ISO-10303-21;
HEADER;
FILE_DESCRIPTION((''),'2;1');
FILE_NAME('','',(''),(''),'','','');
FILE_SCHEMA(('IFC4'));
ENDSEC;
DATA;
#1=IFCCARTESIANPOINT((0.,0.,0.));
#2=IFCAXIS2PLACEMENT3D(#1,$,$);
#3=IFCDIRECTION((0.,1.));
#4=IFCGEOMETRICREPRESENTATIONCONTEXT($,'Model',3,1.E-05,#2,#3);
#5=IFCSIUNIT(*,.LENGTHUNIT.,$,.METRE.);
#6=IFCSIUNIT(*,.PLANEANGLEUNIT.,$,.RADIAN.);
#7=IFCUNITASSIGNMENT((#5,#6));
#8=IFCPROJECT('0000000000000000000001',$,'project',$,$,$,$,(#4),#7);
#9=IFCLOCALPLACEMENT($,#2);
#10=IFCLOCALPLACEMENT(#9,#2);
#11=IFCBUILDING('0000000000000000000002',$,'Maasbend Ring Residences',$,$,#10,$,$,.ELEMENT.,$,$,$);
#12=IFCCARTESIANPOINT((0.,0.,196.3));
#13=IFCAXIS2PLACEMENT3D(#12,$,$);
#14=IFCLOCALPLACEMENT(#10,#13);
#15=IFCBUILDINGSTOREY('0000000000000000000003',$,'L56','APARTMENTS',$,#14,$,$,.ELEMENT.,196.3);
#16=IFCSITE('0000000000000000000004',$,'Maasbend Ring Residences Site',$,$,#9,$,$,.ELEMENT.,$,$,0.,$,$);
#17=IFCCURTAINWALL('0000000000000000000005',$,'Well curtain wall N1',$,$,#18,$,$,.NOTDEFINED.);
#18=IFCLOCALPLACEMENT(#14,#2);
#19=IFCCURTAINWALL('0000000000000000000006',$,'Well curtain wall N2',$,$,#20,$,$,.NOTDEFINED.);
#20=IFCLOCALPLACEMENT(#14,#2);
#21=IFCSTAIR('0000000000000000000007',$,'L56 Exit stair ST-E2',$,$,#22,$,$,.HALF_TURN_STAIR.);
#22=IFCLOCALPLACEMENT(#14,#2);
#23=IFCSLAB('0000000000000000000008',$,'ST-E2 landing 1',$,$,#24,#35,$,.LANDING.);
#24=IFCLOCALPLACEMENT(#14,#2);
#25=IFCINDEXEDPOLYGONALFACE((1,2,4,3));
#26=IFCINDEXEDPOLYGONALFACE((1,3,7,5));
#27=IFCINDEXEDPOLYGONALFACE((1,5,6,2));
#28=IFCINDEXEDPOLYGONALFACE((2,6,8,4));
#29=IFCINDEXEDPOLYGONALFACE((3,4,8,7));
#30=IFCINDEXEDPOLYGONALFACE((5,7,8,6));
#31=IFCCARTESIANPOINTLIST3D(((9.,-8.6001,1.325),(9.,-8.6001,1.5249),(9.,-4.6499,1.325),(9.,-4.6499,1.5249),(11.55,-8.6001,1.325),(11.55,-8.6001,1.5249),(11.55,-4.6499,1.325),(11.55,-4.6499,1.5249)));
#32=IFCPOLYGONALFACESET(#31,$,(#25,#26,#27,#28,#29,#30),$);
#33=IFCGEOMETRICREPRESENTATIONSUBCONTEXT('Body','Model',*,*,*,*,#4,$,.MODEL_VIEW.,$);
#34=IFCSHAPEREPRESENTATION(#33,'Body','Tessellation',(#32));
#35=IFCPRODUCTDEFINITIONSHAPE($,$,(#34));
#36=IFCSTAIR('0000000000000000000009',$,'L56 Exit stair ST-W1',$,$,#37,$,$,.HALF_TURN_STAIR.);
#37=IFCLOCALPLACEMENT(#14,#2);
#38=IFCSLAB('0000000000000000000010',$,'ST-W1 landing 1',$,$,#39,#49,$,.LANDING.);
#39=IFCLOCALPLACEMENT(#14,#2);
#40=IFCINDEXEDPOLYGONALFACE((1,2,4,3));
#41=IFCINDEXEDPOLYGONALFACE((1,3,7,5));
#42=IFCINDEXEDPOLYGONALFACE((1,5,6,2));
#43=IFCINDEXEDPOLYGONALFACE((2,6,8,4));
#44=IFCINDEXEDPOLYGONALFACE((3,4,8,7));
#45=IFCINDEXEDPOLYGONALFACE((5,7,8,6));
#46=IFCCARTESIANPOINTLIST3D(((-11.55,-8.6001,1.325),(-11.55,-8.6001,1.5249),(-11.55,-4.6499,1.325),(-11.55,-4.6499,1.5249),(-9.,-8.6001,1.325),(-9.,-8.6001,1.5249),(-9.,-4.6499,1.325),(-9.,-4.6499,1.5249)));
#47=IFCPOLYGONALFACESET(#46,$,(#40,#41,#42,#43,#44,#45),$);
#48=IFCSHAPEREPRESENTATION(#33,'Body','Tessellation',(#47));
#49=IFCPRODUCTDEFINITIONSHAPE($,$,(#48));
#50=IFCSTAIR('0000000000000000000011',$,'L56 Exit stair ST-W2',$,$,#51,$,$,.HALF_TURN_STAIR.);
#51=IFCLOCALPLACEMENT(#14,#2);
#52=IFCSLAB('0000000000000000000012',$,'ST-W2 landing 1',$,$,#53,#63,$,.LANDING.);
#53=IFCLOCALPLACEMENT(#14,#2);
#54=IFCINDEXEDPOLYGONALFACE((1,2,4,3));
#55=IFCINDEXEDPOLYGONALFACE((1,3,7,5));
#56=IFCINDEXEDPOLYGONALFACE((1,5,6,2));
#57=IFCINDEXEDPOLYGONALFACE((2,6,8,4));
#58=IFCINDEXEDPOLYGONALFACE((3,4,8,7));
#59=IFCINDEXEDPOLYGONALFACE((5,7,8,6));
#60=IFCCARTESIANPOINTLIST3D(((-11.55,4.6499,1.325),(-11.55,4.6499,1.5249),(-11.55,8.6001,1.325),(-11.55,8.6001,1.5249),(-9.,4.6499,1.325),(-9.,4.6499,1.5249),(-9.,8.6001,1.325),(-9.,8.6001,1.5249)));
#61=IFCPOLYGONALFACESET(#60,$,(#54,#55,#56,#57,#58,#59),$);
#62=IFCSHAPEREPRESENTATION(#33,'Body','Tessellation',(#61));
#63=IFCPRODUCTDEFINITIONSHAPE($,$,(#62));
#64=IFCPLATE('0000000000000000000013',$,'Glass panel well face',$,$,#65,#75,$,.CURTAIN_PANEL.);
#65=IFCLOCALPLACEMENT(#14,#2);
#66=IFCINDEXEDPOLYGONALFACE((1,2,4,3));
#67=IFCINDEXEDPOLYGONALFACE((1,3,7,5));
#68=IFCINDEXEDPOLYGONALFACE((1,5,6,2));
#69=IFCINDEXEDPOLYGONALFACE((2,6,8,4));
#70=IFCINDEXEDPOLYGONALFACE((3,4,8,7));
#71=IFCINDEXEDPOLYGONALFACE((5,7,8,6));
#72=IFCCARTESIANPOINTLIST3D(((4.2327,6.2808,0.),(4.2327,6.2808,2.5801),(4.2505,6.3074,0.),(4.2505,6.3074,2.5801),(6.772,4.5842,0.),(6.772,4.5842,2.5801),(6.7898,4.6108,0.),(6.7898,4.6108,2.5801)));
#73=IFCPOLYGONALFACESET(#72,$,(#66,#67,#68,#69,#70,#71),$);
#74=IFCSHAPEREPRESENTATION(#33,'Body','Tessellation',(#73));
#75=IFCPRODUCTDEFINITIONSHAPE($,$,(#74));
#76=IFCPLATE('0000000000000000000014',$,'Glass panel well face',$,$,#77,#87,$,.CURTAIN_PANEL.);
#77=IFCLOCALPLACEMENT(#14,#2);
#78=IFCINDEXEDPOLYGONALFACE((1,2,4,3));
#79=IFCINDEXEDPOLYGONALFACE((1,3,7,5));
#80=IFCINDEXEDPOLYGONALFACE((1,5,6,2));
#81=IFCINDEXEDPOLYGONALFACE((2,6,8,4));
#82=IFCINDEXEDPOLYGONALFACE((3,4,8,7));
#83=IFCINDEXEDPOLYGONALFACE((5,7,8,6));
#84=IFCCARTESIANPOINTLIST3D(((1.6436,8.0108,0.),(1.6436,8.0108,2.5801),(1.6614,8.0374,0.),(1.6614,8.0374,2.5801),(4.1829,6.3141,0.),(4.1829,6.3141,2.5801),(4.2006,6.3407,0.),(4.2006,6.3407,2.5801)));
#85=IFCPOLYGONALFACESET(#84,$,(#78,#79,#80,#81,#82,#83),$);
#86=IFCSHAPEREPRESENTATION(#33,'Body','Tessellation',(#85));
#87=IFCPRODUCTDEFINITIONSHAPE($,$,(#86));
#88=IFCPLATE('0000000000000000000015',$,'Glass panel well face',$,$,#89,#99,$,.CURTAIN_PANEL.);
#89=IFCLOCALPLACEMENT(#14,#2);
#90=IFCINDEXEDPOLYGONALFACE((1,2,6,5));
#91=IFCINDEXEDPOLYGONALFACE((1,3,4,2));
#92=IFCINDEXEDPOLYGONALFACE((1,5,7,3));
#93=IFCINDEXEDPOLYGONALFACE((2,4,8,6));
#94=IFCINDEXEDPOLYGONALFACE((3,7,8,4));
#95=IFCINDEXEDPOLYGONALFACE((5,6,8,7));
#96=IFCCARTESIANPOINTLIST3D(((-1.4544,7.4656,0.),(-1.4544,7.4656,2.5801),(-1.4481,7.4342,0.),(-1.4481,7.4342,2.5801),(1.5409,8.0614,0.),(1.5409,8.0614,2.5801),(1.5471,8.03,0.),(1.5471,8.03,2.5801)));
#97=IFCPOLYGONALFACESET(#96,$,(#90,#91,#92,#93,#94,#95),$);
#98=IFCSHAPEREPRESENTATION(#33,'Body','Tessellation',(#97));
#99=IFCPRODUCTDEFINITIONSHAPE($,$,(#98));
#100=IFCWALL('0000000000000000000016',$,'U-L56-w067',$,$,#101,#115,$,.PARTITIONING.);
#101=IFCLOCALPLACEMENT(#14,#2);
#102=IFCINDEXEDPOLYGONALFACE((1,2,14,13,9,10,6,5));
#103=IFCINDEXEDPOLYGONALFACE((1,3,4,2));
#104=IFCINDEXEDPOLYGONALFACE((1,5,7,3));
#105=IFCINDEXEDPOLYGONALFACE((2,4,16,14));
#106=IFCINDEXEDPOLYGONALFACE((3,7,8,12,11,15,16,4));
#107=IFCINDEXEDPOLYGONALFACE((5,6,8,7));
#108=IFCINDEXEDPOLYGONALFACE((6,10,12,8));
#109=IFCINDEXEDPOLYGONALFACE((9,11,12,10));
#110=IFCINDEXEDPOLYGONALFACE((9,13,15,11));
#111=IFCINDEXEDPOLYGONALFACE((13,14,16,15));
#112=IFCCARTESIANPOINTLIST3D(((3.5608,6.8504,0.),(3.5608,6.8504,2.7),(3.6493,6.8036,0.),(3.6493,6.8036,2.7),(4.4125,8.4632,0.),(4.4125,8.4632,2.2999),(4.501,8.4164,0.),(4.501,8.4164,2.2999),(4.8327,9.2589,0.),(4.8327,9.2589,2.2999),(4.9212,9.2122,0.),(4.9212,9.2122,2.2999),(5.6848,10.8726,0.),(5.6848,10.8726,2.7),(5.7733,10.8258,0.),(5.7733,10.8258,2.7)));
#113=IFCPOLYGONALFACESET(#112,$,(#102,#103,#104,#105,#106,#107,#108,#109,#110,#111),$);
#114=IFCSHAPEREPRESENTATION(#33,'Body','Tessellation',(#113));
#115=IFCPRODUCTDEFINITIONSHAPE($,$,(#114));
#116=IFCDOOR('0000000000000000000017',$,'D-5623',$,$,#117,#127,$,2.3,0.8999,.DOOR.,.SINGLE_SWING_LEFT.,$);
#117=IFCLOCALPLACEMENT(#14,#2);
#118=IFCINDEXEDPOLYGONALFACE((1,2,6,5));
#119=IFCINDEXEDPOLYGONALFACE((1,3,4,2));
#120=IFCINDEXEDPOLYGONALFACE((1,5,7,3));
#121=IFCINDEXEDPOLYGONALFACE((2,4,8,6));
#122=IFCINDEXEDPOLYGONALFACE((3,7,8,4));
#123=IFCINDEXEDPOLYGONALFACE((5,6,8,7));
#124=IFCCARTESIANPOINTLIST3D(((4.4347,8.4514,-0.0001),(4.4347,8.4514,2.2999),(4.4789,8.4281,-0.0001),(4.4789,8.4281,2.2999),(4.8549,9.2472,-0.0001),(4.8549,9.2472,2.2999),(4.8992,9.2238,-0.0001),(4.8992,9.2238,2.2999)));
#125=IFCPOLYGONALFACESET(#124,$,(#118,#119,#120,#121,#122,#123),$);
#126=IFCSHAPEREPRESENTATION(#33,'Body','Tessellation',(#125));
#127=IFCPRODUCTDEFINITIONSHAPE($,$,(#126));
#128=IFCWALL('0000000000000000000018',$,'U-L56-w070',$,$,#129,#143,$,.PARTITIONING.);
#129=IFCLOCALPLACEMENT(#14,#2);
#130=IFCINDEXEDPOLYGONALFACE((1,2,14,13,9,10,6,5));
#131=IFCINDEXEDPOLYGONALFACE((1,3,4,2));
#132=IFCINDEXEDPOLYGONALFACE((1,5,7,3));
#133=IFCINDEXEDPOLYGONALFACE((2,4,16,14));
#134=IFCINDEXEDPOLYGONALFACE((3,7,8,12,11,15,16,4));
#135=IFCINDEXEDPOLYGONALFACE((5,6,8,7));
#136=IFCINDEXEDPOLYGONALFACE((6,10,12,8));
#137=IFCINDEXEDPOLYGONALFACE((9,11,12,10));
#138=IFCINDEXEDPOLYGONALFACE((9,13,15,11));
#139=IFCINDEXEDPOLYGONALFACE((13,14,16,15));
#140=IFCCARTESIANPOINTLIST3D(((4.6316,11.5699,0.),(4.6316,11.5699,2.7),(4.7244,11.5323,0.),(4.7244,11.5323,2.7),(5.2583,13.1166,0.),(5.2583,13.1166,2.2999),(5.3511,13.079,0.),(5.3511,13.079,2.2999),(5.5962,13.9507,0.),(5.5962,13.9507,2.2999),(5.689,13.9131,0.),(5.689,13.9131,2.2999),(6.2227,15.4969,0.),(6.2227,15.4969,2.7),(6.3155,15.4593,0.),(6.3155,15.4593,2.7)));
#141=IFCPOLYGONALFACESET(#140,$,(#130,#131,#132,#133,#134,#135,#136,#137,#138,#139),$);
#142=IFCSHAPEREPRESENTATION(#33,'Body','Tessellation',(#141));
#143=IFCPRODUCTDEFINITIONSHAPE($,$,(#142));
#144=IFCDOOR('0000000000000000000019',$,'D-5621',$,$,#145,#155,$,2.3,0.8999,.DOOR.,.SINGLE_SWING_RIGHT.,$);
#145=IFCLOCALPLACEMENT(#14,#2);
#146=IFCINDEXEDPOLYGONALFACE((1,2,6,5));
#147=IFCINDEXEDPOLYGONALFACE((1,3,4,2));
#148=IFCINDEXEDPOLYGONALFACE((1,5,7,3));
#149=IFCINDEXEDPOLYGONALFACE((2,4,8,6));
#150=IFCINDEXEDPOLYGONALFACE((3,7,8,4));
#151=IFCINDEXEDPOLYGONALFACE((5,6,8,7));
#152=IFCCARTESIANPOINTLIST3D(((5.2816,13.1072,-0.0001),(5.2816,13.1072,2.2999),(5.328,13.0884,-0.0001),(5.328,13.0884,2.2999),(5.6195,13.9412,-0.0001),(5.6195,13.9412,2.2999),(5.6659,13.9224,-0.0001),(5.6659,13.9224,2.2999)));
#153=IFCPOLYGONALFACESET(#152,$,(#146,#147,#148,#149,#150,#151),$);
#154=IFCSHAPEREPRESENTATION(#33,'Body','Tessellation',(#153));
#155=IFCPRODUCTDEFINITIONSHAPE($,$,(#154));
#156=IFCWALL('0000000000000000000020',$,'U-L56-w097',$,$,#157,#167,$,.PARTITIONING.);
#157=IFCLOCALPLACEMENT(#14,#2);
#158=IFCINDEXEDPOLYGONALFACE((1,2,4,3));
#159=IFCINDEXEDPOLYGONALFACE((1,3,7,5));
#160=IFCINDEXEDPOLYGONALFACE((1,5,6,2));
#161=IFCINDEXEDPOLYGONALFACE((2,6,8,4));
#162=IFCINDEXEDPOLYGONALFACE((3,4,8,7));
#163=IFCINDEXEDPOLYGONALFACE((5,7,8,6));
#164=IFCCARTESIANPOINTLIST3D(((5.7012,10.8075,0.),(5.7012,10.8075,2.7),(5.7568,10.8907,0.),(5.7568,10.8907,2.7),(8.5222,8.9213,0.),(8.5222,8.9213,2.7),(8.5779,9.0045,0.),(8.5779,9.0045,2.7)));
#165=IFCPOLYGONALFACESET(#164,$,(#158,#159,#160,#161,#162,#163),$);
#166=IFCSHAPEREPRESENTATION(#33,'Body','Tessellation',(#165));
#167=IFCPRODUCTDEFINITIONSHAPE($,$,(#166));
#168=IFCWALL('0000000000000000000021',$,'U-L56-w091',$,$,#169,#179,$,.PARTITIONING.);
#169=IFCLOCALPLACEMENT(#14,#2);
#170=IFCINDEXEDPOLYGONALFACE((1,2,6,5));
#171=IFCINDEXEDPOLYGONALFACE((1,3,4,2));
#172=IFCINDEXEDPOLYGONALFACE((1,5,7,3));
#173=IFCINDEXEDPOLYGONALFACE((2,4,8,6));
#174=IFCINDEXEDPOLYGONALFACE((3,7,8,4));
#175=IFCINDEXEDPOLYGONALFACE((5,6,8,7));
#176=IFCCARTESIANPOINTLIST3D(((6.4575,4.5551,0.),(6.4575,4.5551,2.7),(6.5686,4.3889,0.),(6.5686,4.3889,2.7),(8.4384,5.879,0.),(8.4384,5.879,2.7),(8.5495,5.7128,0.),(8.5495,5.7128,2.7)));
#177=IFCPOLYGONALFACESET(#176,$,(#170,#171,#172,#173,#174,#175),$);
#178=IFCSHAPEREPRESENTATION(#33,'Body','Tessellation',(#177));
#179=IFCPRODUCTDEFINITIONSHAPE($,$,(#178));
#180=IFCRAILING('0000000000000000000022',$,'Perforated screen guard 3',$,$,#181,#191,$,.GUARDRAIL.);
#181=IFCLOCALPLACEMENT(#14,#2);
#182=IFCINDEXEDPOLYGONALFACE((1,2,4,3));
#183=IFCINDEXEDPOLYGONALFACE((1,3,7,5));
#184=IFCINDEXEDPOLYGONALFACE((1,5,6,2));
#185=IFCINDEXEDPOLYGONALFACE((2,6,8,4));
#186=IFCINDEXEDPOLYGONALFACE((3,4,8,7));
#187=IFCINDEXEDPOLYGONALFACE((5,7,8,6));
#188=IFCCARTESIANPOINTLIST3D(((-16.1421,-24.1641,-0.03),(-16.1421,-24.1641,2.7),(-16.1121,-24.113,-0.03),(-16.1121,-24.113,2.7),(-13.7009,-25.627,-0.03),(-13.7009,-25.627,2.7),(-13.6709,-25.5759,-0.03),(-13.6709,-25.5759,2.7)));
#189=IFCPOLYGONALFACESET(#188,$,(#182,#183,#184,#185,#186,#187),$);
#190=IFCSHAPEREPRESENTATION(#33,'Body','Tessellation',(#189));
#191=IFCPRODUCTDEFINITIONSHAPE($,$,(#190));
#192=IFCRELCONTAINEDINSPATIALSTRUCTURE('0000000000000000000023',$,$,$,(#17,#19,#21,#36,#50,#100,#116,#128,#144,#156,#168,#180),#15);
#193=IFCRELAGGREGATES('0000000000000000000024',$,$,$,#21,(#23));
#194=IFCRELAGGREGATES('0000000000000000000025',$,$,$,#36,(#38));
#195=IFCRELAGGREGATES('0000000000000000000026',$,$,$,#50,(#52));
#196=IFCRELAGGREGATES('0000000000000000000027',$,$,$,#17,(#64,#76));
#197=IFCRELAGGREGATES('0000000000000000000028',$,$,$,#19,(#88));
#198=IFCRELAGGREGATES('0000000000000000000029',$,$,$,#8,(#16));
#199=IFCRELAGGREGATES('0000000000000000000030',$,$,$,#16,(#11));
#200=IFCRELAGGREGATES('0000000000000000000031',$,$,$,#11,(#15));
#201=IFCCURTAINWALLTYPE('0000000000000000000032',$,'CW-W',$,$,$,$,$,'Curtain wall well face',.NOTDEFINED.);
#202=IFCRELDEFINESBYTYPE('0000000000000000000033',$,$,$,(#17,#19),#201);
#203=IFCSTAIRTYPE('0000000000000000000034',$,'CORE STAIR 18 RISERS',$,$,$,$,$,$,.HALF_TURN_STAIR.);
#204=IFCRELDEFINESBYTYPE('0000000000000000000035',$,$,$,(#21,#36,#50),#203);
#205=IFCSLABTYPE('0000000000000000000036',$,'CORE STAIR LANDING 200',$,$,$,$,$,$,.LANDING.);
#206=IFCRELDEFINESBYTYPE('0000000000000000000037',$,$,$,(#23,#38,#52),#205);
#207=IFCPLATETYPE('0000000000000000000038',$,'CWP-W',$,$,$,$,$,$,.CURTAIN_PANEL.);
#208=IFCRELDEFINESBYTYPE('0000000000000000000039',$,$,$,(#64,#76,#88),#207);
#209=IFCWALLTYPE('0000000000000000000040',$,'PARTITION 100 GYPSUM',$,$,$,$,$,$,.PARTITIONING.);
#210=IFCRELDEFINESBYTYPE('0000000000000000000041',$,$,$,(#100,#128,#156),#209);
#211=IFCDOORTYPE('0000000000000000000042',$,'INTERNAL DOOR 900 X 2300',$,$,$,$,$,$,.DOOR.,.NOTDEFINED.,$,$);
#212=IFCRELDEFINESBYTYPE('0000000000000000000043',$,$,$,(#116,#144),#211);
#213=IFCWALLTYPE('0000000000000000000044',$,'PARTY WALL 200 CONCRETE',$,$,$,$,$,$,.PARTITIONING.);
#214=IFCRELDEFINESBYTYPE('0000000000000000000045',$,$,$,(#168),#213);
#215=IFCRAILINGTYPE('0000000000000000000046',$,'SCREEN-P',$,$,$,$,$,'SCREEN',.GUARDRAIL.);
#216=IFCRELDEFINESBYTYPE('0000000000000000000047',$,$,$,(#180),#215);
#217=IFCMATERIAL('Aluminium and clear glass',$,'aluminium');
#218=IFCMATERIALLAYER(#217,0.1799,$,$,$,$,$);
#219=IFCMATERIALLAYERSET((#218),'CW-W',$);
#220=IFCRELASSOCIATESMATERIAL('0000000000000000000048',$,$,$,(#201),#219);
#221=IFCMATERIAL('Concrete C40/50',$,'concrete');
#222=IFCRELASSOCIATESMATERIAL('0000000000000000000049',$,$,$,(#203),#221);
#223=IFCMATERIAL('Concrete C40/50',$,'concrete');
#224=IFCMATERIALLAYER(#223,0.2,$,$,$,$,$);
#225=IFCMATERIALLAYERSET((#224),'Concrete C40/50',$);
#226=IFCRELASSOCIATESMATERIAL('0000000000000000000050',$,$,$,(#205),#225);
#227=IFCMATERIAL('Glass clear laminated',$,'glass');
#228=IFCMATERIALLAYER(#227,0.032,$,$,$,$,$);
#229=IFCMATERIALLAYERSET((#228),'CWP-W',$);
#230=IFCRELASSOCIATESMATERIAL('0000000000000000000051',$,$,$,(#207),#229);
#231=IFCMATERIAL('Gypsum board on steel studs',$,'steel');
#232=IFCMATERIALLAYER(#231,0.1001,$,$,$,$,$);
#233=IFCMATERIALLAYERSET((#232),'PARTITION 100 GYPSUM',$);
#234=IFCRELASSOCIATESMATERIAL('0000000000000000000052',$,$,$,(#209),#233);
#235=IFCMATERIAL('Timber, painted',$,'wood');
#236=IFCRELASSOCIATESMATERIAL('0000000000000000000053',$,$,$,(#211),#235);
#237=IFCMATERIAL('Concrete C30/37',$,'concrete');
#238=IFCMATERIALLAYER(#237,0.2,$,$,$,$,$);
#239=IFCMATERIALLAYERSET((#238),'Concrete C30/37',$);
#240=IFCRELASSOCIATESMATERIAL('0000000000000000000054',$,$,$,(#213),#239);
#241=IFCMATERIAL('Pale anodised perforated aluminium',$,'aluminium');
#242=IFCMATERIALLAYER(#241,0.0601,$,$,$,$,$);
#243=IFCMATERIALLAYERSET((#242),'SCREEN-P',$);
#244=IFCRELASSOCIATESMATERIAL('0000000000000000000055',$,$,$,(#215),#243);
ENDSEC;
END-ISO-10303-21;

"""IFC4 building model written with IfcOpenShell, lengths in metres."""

from ifc_helpers import new_model, si_unit, direction, frame, frame_2d, origin, origin_2d, place, context, subcontext, project, spatial, polyline, rectangle, outline, extrude, material, layer, layer_set, type_object, element, fill, aggregate, save


model = new_model("IFC4")

# Units and contexts
model_context = context("Model", 3, precision=1e-05, world=origin(), true_north=direction((0.0, 1.0)))
body_context = subcontext(model_context, "Body", "Model", "MODEL_VIEW")
ifc_project = project(units=[si_unit("LENGTHUNIT", "METRE"), si_unit("PLANEANGLEUNIT", "RADIAN")], contexts=[model_context])

# Site, building, storey
site_placement = place(None, origin())
site = spatial("IfcSite", under=ifc_project, at=site_placement, Name="Maasbend Ring Residences Site", CompositionType="ELEMENT", RefElevation=0.0)
building_placement = place(site_placement, origin())
building = spatial("IfcBuilding", under=site, at=building_placement, Name="Maasbend Ring Residences", CompositionType="ELEMENT")
storey_placement = place(building_placement, frame((0.0, 0.0, 196.3)))
storey = spatial("IfcBuildingStorey", under=building, at=storey_placement, Name="L56", Description="APARTMENTS", CompositionType="ELEMENT", Elevation=196.3)

# Curtain wall
ifc_material_1 = material(Name="Aluminium and clear glass", Category="aluminium")
ifc_layer_1 = layer(ifc_material_1, 0.1799)
ifc_layer_set_1 = layer_set([ifc_layer_1], Name="CW-W")
curtain_wall_type = type_object("IfcCurtainWallType", Name="CW-W", ElementType="Curtain wall well face", PredefinedType="NOTDEFINED", material=ifc_layer_set_1)
curtain_wall_1_placement = place(storey_placement, origin())
curtain_wall_1 = element("IfcCurtainWall", 1, at=curtain_wall_1_placement, inside=storey, type_object=curtain_wall_type, Name="Well curtain wall N1", PredefinedType="NOTDEFINED")

# Curtain wall
curtain_wall_2_placement = place(storey_placement, origin())
curtain_wall_2 = element("IfcCurtainWall", 2, at=curtain_wall_2_placement, inside=storey, type_object=curtain_wall_type, Name="Well curtain wall N2", PredefinedType="NOTDEFINED")

# Stairs, slabs
ifc_material_2 = material(Name="Concrete C40/50", Category="concrete")
stair_type = type_object("IfcStairType", Name="CORE STAIR 18 RISERS", PredefinedType="HALF_TURN_STAIR", material=ifc_material_2)
ifc_material_3 = material(Name="Concrete C40/50", Category="concrete")
ifc_layer_2 = layer(ifc_material_3, 0.2)
ifc_layer_set_2 = layer_set([ifc_layer_2], Name="Concrete C40/50")
slab_type = type_object("IfcSlabType", Name="CORE STAIR LANDING 200", PredefinedType="LANDING", material=ifc_layer_set_2)
stair_1_placement = place(storey_placement, origin())
stair_1 = element("IfcStair", 3, at=stair_1_placement, inside=storey, type_object=stair_type, Name="L56 Exit stair ST-E2", PredefinedType="HALF_TURN_STAIR")
slab_1_placement = place(storey_placement, frame((0.0, 0.0, 1.325)))
slab_1 = element("IfcSlab", 4, at=slab_1_placement, type_object=slab_type, Name="ST-E2 landing 1", PredefinedType="LANDING", context=body_context, shape_type="SweptSolid", body=[
    extrude(outline(polyline([(11.55, -4.6499), (9.0, -4.6499), (9.0, -8.6001), (11.55, -8.6001), (11.55, -4.6499)])), origin(), (0.0, 0.0, 1.0), 0.2),
])
aggregate(stair_1, [slab_1])
stair_2_placement = place(storey_placement, origin())
stair_2 = element("IfcStair", 5, at=stair_2_placement, inside=storey, type_object=stair_type, Name="L56 Exit stair ST-W1", PredefinedType="HALF_TURN_STAIR")
slab_2_placement = place(storey_placement, frame((0.0, 0.0, 1.325)))
slab_2 = element("IfcSlab", 6, at=slab_2_placement, type_object=slab_type, Name="ST-W1 landing 1", PredefinedType="LANDING", context=body_context, shape_type="SweptSolid", body=[
    extrude(outline(polyline([(-11.55, -8.6001), (-9.0, -8.6001), (-9.0, -4.6499), (-11.55, -4.6499), (-11.55, -8.6001)])), origin(), (0.0, 0.0, 1.0), 0.2),
])
aggregate(stair_2, [slab_2])
stair_3_placement = place(storey_placement, origin())
stair_3 = element("IfcStair", 7, at=stair_3_placement, inside=storey, type_object=stair_type, Name="L56 Exit stair ST-W2", PredefinedType="HALF_TURN_STAIR")
slab_3_placement = place(storey_placement, frame((0.0, 0.0, 1.325)))
slab_3 = element("IfcSlab", 8, at=slab_3_placement, type_object=slab_type, Name="ST-W2 landing 1", PredefinedType="LANDING", context=body_context, shape_type="SweptSolid", body=[
    extrude(outline(polyline([(-11.55, 4.6499), (-9.0, 4.6499), (-9.0, 8.6001), (-11.55, 8.6001), (-11.55, 4.6499)])), origin(), (0.0, 0.0, 1.0), 0.2),
])
aggregate(stair_3, [slab_3])

# Plates
ifc_material_4 = material(Name="Glass clear laminated", Category="glass")
ifc_layer_3 = layer(ifc_material_4, 0.032)
ifc_layer_set_3 = layer_set([ifc_layer_3], Name="CWP-W")
plate_type = type_object("IfcPlateType", Name="CWP-W", PredefinedType="CURTAIN_PANEL", material=ifc_layer_set_3)
plate_1_placement = place(storey_placement, frame((5.5112, 5.4458, 0.0), z_axis=(0.0, 0.0, 1.0), x_axis=(-0.83147, 0.55557, 0.0)))
plate_1 = element("IfcPlate", 9, at=plate_1_placement, type_object=plate_type, Name="Glass panel well face", PredefinedType="CURTAIN_PANEL", context=body_context, shape_type="SweptSolid", body=[
    extrude(rectangle(XDim=3.054, YDim=0.032, at=origin_2d()), origin(), (0.0, 0.0, 1.0), 2.5801),
])
plate_2_placement = place(storey_placement, frame((2.9221, 7.1758, 0.0), z_axis=(0.0, 0.0, 1.0), x_axis=(-0.83147, 0.55557, 0.0)))
plate_2 = element("IfcPlate", 10, at=plate_2_placement, type_object=plate_type, Name="Glass panel well face", PredefinedType="CURTAIN_PANEL", context=body_context, shape_type="SweptSolid", body=[
    extrude(rectangle(XDim=3.054, YDim=0.032, at=origin_2d()), origin(), (0.0, 0.0, 1.0), 2.5801),
])
aggregate(curtain_wall_1, [plate_1, plate_2])
plate_3_placement = place(storey_placement, frame((0.0464, 7.7478, 0.0), z_axis=(0.0, 0.0, 1.0), x_axis=(-0.980785, -0.19509, 0.0)))
plate_3 = element("IfcPlate", 11, at=plate_3_placement, type_object=plate_type, Name="Glass panel well face", PredefinedType="CURTAIN_PANEL", context=body_context, shape_type="SweptSolid", body=[
    extrude(rectangle(XDim=3.054, YDim=0.032, at=origin_2d()), origin(), (0.0, 0.0, 1.0), 2.5801),
])
aggregate(curtain_wall_2, [plate_3])

# Walls, openings, doors
ifc_material_5 = material(Name="Gypsum board on steel studs", Category="steel")
ifc_layer_4 = layer(ifc_material_5, 0.1001)
ifc_layer_set_4 = layer_set([ifc_layer_4], Name="PARTITION 100 GYPSUM")
wall_type_1 = type_object("IfcWallType", Name="PARTITION 100 GYPSUM", PredefinedType="PARTITIONING", material=ifc_layer_set_4)
wall_1_placement = place(storey_placement, frame((3.605, 6.8269, 0.0), z_axis=(0.0, 0.0, 1.0), x_axis=(0.466963, 0.884277, 0.0)))
wall_1 = element("IfcWall", 12, at=wall_1_placement, inside=storey, type_object=wall_type_1, Name="U-L56-w067", PredefinedType="PARTITIONING", context=body_context, shape_type="SweptSolid", body=[
    extrude(rectangle(XDim=4.5486, YDim=0.1001, at=frame_2d((2.2744, 0.0))), origin(), (0.0, 0.0, 1.0), 2.7),
])
opening_1_placement = place(wall_1_placement, frame((1.824, 0.0, 0.0)))
opening_1 = element("IfcOpeningElement", 13, at=opening_1_placement, cuts=wall_1, PredefinedType="OPENING", context=body_context, shape_type="SweptSolid", body=[
    extrude(rectangle(XDim=0.8999, YDim=2.3, at=frame_2d((0.45, 1.1499))), frame((0.0, 0.0601, 0.0), z_axis=(0.0, -1.0, 0.0), x_axis=(1.0, 0.0, 0.0)), (0.0, 0.0, 1.0), 0.1201),
])
ifc_material_6 = material(Name="Timber, painted", Category="wood")
door_type = type_object("IfcDoorType", Name="INTERNAL DOOR 900 X 2300", OperationType="NOTDEFINED", PredefinedType="DOOR", material=ifc_material_6)
door_1_placement = place(opening_1_placement, origin())
door_1 = element("IfcDoor", 14, at=door_1_placement, inside=storey, type_object=door_type, Name="D-5623", OperationType="SINGLE_SWING_LEFT", OverallHeight=2.3, OverallWidth=0.8999, PredefinedType="DOOR", context=body_context, shape_type="SweptSolid", body=[
    extrude(rectangle(XDim=0.8999, YDim=2.3, at=frame_2d((0.45, 1.1499))), frame((0.0, 0.0249, 0.0), z_axis=(0.0, -1.0, 0.0), x_axis=(1.0, 0.0, 0.0)), (0.0, 0.0, 1.0), 0.05),
])
fill(opening_1, door_1)
wall_2_placement = place(storey_placement, frame((4.678, 11.551, 0.0), z_axis=(0.0, 0.0, 1.0), x_axis=(0.37551, 0.926818, 0.0)))
wall_2 = element("IfcWall", 15, at=wall_2_placement, inside=storey, type_object=wall_type_1, Name="U-L56-w070", PredefinedType="PARTITIONING", context=body_context, shape_type="SweptSolid", body=[
    extrude(rectangle(XDim=4.2371, YDim=0.1001, at=frame_2d((2.1187, 0.0))), origin(), (0.0, 0.0, 1.0), 2.7),
])
opening_2_placement = place(wall_2_placement, frame((1.6689, 0.0, 0.0)))
opening_2 = element("IfcOpeningElement", 16, at=opening_2_placement, cuts=wall_2, PredefinedType="OPENING", context=body_context, shape_type="SweptSolid", body=[
    extrude(rectangle(XDim=0.8999, YDim=2.3, at=frame_2d((0.45, 1.1499))), frame((0.0, 0.0601, 0.0), z_axis=(0.0, -1.0, 0.0), x_axis=(1.0, 0.0, 0.0)), (0.0, 0.0, 1.0), 0.1201),
])
door_2_placement = place(opening_2_placement, origin())
door_2 = element("IfcDoor", 17, at=door_2_placement, inside=storey, type_object=door_type, Name="D-5621", OperationType="SINGLE_SWING_RIGHT", OverallHeight=2.3, OverallWidth=0.8999, PredefinedType="DOOR", context=body_context, shape_type="SweptSolid", body=[
    extrude(rectangle(XDim=0.8999, YDim=2.3, at=frame_2d((0.45, 1.1499))), frame((0.0, 0.0249, 0.0), z_axis=(0.0, -1.0, 0.0), x_axis=(1.0, 0.0, 0.0)), (0.0, 0.0, 1.0), 0.05),
])
fill(opening_2, door_2)

# Walls
wall_3_placement = place(storey_placement, frame((5.729, 10.8491, 0.0), z_axis=(0.0, 0.0, 1.0), x_axis=(0.831297, -0.555829, 0.0)))
element("IfcWall", 18, at=wall_3_placement, inside=storey, type_object=wall_type_1, Name="U-L56-w097", PredefinedType="PARTITIONING", context=body_context, shape_type="SweptSolid", body=[
    extrude(rectangle(XDim=3.3936, YDim=0.1001, at=frame_2d((1.6968, 0.0))), origin(), (0.0, 0.0, 1.0), 2.7),
])
ifc_material_7 = material(Name="Concrete C30/37", Category="concrete")
ifc_layer_5 = layer(ifc_material_7, 0.2)
ifc_layer_set_5 = layer_set([ifc_layer_5], Name="Concrete C30/37")
wall_type_2 = type_object("IfcWallType", Name="PARTY WALL 200 CONCRETE", PredefinedType="PARTITIONING", material=ifc_layer_set_5)
wall_4_placement = place(storey_placement, frame((6.5129, 4.4719, 0.0), z_axis=(0.0, 0.0, 1.0), x_axis=(0.831403, 0.555669, 0.0)))
element("IfcWall", 19, at=wall_4_placement, inside=storey, type_object=wall_type_2, Name="U-L56-w091", PredefinedType="PARTITIONING", context=body_context, shape_type="SweptSolid", body=[
    extrude(rectangle(XDim=2.3826, YDim=0.2, at=frame_2d((1.1914, 0.0))), origin(), (0.0, 0.0, 1.0), 2.7),
])

# Railing
ifc_material_8 = material(Name="Pale anodised perforated aluminium", Category="aluminium")
ifc_layer_6 = layer(ifc_material_8, 0.0601)
ifc_layer_set_6 = layer_set([ifc_layer_6], Name="SCREEN-P")
railing_type = type_object("IfcRailingType", Name="SCREEN-P", ElementType="SCREEN", PredefinedType="GUARDRAIL", material=ifc_layer_set_6)
railing_1_placement = place(storey_placement, frame((0.0, 0.0, -0.03)))
element("IfcRailing", 20, at=railing_1_placement, inside=storey, type_object=railing_type, Name="Perforated screen guard 3", PredefinedType="GUARDRAIL", context=body_context, shape_type="SweptSolid", body=[
    extrude(outline(polyline([(-16.1121, -24.113), (-13.6709, -25.5759), (-13.7009, -25.627), (-16.1421, -24.1641), (-16.1121, -24.113)])), origin(), (0.0, 0.0, 1.0), 2.73),
])

save(model, "model.ifc")
